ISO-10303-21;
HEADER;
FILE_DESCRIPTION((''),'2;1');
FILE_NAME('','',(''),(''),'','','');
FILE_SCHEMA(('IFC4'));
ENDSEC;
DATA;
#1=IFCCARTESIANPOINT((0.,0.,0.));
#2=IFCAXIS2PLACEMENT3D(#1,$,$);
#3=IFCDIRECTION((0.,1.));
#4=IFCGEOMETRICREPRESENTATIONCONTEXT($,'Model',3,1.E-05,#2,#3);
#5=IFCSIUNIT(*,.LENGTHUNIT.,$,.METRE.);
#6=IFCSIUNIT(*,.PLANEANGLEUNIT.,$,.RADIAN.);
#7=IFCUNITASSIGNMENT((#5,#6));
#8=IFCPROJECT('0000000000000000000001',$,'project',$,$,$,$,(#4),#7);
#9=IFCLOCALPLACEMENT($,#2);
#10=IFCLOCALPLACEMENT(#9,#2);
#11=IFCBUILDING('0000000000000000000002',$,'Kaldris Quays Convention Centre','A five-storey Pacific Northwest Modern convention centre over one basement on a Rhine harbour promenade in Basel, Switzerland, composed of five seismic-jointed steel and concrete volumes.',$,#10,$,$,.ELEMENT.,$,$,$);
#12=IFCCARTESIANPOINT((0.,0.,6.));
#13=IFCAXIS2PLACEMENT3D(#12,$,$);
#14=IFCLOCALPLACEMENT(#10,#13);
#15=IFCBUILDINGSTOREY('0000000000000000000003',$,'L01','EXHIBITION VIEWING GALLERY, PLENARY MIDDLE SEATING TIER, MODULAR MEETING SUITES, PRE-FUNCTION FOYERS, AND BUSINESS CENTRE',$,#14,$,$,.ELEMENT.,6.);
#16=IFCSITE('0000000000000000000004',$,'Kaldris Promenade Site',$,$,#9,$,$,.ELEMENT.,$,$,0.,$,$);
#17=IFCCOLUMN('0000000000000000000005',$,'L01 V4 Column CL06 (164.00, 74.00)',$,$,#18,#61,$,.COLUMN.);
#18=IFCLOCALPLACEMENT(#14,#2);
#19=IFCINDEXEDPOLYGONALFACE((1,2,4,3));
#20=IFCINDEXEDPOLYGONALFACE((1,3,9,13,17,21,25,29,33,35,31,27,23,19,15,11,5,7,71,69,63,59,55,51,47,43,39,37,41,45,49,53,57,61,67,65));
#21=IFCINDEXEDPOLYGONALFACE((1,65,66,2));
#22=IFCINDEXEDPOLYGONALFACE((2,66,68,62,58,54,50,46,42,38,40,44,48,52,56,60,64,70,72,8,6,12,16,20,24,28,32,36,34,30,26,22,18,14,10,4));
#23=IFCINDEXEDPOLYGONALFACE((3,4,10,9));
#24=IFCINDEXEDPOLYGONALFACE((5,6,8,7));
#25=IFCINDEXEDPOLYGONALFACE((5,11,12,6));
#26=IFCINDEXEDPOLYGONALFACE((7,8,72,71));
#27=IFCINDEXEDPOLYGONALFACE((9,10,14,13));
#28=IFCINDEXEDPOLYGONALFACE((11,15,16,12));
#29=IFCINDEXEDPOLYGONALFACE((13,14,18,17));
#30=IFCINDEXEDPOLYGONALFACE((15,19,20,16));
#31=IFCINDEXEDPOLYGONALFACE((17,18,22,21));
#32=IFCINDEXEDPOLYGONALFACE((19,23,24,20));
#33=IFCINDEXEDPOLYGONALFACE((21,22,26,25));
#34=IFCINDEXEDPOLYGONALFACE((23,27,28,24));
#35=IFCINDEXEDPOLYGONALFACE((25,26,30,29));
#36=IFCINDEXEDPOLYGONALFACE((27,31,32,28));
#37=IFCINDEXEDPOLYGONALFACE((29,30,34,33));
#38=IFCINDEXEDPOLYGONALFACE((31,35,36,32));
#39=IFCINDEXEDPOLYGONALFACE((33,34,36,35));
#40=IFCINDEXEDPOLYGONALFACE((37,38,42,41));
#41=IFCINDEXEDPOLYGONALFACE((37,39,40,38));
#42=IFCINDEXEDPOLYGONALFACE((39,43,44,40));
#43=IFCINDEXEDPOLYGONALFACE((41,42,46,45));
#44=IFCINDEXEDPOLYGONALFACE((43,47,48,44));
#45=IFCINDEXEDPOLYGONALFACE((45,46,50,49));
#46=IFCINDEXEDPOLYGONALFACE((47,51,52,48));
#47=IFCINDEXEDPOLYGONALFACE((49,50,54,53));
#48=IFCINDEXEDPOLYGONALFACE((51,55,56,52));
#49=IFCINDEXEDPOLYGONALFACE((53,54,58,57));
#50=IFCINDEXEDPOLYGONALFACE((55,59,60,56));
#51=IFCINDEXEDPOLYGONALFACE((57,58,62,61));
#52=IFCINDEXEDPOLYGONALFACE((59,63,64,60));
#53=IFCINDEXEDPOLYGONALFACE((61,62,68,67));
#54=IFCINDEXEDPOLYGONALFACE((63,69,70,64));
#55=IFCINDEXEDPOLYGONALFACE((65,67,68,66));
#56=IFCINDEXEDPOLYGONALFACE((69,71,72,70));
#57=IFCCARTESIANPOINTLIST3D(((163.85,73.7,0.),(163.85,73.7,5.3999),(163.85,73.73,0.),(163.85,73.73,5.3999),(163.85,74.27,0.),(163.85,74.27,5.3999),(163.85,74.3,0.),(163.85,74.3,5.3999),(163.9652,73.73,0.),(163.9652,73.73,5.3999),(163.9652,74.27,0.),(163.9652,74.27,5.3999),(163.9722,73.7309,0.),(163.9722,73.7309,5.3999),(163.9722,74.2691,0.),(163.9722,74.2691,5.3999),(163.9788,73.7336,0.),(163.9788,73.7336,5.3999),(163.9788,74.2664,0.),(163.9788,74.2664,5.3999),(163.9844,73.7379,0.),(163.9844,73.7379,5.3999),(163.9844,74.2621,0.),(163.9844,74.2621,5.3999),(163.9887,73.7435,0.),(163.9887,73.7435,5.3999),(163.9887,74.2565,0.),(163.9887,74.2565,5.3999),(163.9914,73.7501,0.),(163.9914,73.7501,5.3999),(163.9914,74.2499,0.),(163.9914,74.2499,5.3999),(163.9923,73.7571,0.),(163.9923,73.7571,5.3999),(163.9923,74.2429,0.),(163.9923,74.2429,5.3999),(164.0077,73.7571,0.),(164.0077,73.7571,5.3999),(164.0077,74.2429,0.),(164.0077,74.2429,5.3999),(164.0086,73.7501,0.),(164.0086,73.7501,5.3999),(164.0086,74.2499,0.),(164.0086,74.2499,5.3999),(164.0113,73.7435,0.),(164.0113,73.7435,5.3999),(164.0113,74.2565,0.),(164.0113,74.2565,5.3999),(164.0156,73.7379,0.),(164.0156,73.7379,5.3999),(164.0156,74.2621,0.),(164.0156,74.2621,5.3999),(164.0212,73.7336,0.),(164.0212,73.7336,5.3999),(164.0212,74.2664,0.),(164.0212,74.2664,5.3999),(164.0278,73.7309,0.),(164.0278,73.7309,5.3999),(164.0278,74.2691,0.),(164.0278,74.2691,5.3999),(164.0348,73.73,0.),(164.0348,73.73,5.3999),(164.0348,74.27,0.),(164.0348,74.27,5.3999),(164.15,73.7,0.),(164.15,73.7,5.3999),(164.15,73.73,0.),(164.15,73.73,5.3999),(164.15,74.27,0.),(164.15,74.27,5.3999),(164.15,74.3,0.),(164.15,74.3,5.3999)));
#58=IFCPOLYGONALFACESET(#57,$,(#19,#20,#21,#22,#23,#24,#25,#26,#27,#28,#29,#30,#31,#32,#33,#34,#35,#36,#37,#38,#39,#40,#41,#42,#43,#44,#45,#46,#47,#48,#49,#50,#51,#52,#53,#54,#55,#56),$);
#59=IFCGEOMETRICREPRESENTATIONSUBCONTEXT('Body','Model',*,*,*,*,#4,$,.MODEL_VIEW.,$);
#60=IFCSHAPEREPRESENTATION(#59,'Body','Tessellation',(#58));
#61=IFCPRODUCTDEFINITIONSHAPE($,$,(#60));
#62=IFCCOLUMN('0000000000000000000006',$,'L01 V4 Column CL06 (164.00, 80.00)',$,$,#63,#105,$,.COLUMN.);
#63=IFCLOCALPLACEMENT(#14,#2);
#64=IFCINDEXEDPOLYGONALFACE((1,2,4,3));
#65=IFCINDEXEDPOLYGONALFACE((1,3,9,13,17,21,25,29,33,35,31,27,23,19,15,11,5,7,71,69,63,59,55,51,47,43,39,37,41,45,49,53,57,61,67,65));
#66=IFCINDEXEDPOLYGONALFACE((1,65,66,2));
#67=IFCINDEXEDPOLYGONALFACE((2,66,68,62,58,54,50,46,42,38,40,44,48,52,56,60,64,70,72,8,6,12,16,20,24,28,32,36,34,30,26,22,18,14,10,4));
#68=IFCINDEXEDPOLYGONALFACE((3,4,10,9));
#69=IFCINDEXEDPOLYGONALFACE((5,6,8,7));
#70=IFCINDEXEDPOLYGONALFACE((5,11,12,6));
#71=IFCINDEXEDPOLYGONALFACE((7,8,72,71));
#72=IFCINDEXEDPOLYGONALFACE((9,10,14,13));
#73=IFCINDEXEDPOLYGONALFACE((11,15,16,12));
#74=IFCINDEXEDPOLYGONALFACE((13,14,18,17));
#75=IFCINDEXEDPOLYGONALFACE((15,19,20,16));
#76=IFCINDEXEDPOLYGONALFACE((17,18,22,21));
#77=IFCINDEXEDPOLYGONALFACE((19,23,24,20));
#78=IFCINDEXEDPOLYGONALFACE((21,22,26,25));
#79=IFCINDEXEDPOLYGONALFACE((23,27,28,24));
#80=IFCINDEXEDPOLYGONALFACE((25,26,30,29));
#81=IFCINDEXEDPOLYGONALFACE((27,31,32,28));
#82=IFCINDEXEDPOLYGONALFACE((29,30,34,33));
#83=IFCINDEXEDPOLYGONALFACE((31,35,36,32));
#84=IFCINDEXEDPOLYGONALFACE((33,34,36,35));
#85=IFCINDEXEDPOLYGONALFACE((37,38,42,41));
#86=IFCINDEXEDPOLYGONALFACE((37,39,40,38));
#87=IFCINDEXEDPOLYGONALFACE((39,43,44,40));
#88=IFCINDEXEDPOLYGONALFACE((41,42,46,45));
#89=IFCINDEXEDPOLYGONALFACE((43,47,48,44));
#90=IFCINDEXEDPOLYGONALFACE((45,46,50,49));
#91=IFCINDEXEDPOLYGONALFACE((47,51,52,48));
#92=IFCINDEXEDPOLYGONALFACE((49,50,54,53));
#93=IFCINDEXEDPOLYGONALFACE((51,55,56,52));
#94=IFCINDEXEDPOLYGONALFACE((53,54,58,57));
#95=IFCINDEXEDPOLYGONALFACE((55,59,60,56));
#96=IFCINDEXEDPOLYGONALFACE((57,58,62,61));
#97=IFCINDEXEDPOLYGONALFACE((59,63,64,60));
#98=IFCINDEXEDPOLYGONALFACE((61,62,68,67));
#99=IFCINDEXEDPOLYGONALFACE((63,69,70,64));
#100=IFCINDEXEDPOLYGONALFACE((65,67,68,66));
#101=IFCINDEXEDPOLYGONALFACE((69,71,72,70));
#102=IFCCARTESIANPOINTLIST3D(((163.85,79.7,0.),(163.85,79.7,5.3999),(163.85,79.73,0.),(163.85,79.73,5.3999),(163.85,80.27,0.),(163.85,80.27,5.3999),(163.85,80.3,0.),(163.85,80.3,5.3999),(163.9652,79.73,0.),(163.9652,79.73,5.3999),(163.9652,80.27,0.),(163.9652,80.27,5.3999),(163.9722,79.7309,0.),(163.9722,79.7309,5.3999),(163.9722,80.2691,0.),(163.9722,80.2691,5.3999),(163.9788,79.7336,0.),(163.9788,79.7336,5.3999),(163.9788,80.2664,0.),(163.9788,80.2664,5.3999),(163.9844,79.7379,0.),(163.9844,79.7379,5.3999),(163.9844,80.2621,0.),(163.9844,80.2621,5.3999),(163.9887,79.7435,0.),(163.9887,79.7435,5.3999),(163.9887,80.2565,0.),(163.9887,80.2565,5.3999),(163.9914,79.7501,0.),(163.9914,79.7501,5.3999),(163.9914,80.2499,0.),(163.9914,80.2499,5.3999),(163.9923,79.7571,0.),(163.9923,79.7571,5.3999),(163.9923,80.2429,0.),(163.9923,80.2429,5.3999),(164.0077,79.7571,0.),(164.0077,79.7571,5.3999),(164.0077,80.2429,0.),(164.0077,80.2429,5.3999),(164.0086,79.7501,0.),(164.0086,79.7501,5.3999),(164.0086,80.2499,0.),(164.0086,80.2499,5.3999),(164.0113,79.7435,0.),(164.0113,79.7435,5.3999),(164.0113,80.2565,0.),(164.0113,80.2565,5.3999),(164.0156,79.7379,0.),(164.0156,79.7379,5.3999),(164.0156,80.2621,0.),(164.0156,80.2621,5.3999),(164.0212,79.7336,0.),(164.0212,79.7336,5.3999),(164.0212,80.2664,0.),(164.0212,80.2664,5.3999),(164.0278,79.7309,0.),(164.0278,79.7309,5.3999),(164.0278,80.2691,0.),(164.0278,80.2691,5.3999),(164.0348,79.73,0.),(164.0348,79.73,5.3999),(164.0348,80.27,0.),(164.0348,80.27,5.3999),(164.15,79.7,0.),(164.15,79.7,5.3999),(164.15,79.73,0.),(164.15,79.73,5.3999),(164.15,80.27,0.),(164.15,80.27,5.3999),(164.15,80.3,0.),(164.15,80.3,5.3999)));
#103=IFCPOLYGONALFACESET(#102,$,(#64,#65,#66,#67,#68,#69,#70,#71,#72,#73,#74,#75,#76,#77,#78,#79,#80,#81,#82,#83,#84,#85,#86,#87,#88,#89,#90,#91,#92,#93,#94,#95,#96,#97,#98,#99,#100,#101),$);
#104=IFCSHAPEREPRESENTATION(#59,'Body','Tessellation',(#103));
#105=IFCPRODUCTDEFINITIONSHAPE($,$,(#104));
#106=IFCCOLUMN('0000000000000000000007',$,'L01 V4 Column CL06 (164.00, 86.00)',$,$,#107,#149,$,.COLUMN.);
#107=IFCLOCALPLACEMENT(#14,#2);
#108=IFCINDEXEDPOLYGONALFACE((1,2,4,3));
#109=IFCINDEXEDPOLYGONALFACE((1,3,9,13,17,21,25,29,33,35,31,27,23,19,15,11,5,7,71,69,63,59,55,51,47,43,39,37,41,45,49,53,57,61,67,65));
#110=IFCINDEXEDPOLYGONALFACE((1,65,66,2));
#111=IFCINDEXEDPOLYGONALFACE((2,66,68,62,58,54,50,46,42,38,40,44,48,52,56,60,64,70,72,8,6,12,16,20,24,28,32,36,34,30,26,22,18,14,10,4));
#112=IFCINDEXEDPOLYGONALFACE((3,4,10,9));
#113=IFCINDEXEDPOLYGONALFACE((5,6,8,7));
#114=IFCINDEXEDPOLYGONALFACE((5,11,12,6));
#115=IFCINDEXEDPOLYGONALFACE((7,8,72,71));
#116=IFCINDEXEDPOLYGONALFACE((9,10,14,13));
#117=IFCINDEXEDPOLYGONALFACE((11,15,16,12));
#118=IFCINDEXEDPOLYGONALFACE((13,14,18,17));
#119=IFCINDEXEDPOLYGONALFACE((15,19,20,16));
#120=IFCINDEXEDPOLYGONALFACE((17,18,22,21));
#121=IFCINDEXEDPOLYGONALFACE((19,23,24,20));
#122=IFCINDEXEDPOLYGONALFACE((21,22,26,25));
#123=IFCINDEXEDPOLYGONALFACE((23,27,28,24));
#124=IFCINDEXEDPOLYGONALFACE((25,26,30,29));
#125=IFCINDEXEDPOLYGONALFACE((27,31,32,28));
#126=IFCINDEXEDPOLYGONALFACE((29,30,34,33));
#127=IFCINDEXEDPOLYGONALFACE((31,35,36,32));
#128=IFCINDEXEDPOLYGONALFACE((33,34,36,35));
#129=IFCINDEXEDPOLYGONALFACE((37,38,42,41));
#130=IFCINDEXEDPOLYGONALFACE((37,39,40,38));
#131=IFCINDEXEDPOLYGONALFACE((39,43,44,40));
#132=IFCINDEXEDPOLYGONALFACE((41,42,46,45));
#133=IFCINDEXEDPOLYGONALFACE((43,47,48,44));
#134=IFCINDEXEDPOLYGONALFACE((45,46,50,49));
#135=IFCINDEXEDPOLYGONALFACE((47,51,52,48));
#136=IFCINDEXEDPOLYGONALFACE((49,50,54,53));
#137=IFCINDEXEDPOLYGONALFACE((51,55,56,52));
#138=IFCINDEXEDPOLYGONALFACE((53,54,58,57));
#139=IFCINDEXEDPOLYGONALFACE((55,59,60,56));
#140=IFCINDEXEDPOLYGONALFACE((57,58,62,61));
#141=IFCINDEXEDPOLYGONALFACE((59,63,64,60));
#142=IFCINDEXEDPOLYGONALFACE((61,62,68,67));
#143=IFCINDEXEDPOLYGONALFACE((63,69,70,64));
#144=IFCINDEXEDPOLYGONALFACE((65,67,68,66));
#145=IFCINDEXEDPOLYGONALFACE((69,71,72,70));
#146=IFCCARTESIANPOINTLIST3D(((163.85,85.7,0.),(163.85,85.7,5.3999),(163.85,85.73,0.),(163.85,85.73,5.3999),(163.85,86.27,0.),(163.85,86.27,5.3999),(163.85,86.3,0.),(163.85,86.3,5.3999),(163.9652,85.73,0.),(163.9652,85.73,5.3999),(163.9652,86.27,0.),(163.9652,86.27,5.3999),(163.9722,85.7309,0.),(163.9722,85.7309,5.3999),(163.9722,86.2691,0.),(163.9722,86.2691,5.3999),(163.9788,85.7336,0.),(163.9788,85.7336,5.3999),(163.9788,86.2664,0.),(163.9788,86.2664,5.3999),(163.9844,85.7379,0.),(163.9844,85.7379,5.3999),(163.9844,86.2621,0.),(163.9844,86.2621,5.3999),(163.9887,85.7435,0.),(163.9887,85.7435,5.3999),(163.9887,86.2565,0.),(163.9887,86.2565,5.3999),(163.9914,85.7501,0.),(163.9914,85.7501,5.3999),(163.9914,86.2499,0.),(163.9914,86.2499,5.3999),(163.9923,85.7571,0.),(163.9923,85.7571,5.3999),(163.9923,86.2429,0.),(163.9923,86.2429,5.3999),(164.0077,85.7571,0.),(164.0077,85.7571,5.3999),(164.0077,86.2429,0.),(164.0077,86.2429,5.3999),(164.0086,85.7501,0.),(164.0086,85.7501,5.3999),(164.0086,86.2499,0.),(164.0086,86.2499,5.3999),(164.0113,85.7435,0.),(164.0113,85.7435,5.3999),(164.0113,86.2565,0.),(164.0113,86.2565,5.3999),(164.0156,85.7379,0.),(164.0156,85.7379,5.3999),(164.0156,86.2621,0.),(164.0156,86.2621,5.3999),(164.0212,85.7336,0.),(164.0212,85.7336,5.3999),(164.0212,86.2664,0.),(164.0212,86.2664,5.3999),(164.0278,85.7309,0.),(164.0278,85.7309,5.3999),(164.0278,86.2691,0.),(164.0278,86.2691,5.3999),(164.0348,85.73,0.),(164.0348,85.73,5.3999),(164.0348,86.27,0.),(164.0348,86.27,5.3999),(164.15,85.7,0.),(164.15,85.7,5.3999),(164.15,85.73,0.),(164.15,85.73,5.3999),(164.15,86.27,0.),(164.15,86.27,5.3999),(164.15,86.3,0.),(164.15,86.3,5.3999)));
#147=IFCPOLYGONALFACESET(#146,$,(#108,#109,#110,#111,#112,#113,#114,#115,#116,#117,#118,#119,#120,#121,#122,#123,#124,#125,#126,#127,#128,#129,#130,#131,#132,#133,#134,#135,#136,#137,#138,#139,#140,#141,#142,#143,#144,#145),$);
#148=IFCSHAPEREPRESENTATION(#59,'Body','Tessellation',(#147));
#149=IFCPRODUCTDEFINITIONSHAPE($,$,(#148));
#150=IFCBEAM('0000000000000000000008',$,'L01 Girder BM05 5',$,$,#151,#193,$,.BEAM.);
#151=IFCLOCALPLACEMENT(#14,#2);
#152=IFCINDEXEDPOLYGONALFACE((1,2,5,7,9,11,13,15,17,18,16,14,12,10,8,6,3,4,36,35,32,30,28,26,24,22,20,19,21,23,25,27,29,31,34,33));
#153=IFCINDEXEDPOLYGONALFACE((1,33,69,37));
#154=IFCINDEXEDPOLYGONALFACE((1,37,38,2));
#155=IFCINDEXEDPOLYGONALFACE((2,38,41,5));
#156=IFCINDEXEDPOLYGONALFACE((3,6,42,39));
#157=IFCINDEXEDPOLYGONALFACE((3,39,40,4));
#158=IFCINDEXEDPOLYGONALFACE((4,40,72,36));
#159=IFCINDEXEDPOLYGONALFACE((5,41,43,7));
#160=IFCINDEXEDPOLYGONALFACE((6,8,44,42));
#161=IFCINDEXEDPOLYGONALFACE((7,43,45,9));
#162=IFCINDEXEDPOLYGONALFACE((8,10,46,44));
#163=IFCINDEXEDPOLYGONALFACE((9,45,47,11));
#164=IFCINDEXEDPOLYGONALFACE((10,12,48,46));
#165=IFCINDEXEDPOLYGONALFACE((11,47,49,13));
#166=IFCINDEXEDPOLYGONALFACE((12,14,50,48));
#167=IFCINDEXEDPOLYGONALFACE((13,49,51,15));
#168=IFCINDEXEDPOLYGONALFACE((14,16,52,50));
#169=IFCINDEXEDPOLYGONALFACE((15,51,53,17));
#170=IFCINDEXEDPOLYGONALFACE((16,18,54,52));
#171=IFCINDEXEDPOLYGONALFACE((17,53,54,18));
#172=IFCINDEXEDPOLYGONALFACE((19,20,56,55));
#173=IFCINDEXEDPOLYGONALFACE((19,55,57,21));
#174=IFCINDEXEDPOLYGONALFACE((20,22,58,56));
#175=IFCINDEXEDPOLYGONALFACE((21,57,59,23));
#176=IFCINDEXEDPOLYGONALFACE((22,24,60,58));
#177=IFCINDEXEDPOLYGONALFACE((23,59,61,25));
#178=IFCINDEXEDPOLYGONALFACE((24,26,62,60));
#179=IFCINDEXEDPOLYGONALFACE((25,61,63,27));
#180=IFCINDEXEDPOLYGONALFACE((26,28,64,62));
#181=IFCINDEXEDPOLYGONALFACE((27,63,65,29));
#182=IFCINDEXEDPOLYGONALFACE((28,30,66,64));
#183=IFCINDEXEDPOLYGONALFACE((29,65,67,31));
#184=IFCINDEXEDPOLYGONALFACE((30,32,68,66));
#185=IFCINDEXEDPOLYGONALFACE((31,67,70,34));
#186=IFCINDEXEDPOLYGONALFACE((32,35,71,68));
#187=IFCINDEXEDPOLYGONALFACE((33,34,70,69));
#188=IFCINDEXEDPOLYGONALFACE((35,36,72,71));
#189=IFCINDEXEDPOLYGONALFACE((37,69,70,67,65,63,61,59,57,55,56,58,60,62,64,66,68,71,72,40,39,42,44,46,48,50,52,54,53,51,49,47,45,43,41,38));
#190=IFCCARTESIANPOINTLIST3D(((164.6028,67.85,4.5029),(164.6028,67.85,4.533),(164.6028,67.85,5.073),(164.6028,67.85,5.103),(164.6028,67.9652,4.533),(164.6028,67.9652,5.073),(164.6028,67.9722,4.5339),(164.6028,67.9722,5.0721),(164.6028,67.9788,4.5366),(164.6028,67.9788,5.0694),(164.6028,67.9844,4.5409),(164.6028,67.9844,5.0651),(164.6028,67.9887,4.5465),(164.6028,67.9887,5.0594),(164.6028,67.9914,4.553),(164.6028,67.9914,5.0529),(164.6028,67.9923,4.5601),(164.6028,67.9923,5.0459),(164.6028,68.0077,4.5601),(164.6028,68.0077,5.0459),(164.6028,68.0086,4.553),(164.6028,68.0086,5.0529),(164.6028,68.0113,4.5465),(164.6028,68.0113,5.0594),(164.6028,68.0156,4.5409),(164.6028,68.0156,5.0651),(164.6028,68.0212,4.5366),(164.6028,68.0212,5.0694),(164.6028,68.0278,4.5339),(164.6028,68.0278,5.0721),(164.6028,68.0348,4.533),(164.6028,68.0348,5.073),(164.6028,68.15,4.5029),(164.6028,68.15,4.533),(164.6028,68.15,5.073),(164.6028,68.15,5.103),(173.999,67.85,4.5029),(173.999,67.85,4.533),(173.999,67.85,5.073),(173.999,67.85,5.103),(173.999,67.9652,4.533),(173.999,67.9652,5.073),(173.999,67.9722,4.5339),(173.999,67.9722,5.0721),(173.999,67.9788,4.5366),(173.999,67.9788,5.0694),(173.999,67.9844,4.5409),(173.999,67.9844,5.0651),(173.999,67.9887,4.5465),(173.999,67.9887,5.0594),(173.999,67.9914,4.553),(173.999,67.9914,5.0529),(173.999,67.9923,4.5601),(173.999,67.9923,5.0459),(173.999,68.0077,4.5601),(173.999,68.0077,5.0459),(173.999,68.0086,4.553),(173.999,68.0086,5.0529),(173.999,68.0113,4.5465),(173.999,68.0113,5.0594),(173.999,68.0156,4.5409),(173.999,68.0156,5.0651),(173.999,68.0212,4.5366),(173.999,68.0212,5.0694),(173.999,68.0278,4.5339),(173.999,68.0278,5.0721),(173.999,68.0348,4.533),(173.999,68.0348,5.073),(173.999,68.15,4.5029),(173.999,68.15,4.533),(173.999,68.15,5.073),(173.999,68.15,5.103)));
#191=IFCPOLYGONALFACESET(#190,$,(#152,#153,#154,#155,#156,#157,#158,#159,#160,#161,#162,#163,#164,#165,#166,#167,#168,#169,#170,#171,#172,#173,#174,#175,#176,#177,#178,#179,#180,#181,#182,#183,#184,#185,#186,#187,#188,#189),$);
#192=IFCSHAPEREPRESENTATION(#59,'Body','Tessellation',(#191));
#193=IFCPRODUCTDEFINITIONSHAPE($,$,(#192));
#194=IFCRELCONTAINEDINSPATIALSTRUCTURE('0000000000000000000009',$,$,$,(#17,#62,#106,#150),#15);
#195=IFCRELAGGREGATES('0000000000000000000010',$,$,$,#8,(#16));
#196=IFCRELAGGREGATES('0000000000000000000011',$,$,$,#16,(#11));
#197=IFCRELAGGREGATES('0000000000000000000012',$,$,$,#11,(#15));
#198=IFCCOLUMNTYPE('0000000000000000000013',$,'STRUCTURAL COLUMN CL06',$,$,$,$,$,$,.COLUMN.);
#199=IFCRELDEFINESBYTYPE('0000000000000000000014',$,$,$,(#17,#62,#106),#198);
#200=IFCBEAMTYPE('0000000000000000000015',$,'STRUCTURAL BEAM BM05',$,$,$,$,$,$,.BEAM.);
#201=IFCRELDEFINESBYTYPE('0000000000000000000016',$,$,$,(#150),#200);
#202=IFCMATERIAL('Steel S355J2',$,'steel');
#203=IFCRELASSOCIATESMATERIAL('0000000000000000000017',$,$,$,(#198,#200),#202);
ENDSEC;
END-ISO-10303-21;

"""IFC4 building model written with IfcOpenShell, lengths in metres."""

from ifc_helpers import new_model, si_unit, direction, frame, origin, origin_2d, place, context, subcontext, project, spatial, i_section, extrude, material, material_profile, profile_set, type_object, element, save


model = new_model("IFC4")

# Units and contexts
model_context = context("Model", 3, precision=1e-05, world=origin(), true_north=direction((0.0, 1.0)))
body_context = subcontext(model_context, "Body", "Model", "MODEL_VIEW")
ifc_project = project(units=[si_unit("LENGTHUNIT", "METRE"), si_unit("PLANEANGLEUNIT", "RADIAN")], contexts=[model_context])

# Site, building, storey
site_placement = place(None, origin())
site = spatial("IfcSite", under=ifc_project, at=site_placement, Name="Kaldris Promenade Site", CompositionType="ELEMENT", RefElevation=0.0)
building_placement = place(site_placement, origin())
building = spatial("IfcBuilding", under=site, at=building_placement, Name="Kaldris Quays Convention Centre", Description="A five-storey Pacific Northwest Modern convention centre over one basement on a Rhine harbour promenade in Basel, Switzerland, composed of five seismic-jointed steel and concrete volumes.", CompositionType="ELEMENT")
storey_placement = place(building_placement, frame((0.0, 0.0, 6.0)))
storey = spatial("IfcBuildingStorey", under=building, at=storey_placement, Name="L01", Description="EXHIBITION VIEWING GALLERY, PLENARY MIDDLE SEATING TIER, MODULAR MEETING SUITES, PRE-FUNCTION FOYERS, AND BUSINESS CENTRE", CompositionType="ELEMENT", Elevation=6.0)

# Columns
ifc_material_1 = material(Name="Steel S355J2", Category="steel")
ifc_material_profile_1 = material_profile(ifc_material_1, i_section(OverallWidth=0.3, OverallDepth=0.6001, WebThickness=0.0154, FlangeThickness=0.03, FilletRadius=0.0271, at=origin_2d()), Name="HEB 600")
ifc_profile_set_1 = profile_set([ifc_material_profile_1], Name="Steel S355J2")
column_type_1 = type_object("IfcColumnType", Name="STRUCTURAL COLUMN CL06", PredefinedType="COLUMN", material=ifc_profile_set_1)
for number, where, z_axis, x_axis, name in (
    (1, (164.0, 74.0, 0.0), (0.0, 0.0, 1.0), (1.0, 0.0, 0.0), "L01 V4 Column CL06 (164.00, 74.00)"),
    (2, (164.0, 80.0, 0.0), (0.0, 0.0, 1.0), (1.0, 0.0, 0.0), "L01 V4 Column CL06 (164.00, 80.00)"),
    (3, (164.0, 86.0, 0.0), (0.0, 0.0, 1.0), (1.0, 0.0, 0.0), "L01 V4 Column CL06 (164.00, 86.00)"),
):
    element("IfcColumn", number, at=place(storey_placement, frame(where, z_axis=z_axis, x_axis=x_axis)), inside=storey, type_object=column_type_1, Name=name, PredefinedType="COLUMN", context=body_context, shape_type="SweptSolid", body=[
        extrude(i_section(OverallWidth=0.3, OverallDepth=0.6001, WebThickness=0.0154, FlangeThickness=0.03, FilletRadius=0.0271, at=origin_2d()), origin(), (0.0, 0.0, 1.0), 5.3999),
    ])

# Beam
ifc_material_profile_2 = material_profile(ifc_material_1, i_section(OverallWidth=0.3, OverallDepth=0.6001, WebThickness=0.0154, FlangeThickness=0.03, FilletRadius=0.0271, at=origin_2d()), Name="HEB 600")
ifc_profile_set_2 = profile_set([ifc_material_profile_2], Name="Steel S355J2")
beam_type_1 = type_object("IfcBeamType", Name="STRUCTURAL BEAM BM05", PredefinedType="BEAM", material=ifc_profile_set_2)
beam_1_placement = place(storey_placement, frame((164.6028, 68.0, 4.803), z_axis=(1.0, 0.0, 0.0), x_axis=(0.0, 1.0, 0.0)))
element("IfcBeam", 4, at=beam_1_placement, inside=storey, type_object=beam_type_1, Name="L01 Girder BM05 5", PredefinedType="BEAM", context=body_context, shape_type="SweptSolid", body=[
    extrude(i_section(OverallWidth=0.3, OverallDepth=0.6001, WebThickness=0.0154, FlangeThickness=0.03, FilletRadius=0.0271, at=origin_2d()), origin(), (0.0, 0.0, 1.0), 9.3962),
])

save(model, "model.ifc")
